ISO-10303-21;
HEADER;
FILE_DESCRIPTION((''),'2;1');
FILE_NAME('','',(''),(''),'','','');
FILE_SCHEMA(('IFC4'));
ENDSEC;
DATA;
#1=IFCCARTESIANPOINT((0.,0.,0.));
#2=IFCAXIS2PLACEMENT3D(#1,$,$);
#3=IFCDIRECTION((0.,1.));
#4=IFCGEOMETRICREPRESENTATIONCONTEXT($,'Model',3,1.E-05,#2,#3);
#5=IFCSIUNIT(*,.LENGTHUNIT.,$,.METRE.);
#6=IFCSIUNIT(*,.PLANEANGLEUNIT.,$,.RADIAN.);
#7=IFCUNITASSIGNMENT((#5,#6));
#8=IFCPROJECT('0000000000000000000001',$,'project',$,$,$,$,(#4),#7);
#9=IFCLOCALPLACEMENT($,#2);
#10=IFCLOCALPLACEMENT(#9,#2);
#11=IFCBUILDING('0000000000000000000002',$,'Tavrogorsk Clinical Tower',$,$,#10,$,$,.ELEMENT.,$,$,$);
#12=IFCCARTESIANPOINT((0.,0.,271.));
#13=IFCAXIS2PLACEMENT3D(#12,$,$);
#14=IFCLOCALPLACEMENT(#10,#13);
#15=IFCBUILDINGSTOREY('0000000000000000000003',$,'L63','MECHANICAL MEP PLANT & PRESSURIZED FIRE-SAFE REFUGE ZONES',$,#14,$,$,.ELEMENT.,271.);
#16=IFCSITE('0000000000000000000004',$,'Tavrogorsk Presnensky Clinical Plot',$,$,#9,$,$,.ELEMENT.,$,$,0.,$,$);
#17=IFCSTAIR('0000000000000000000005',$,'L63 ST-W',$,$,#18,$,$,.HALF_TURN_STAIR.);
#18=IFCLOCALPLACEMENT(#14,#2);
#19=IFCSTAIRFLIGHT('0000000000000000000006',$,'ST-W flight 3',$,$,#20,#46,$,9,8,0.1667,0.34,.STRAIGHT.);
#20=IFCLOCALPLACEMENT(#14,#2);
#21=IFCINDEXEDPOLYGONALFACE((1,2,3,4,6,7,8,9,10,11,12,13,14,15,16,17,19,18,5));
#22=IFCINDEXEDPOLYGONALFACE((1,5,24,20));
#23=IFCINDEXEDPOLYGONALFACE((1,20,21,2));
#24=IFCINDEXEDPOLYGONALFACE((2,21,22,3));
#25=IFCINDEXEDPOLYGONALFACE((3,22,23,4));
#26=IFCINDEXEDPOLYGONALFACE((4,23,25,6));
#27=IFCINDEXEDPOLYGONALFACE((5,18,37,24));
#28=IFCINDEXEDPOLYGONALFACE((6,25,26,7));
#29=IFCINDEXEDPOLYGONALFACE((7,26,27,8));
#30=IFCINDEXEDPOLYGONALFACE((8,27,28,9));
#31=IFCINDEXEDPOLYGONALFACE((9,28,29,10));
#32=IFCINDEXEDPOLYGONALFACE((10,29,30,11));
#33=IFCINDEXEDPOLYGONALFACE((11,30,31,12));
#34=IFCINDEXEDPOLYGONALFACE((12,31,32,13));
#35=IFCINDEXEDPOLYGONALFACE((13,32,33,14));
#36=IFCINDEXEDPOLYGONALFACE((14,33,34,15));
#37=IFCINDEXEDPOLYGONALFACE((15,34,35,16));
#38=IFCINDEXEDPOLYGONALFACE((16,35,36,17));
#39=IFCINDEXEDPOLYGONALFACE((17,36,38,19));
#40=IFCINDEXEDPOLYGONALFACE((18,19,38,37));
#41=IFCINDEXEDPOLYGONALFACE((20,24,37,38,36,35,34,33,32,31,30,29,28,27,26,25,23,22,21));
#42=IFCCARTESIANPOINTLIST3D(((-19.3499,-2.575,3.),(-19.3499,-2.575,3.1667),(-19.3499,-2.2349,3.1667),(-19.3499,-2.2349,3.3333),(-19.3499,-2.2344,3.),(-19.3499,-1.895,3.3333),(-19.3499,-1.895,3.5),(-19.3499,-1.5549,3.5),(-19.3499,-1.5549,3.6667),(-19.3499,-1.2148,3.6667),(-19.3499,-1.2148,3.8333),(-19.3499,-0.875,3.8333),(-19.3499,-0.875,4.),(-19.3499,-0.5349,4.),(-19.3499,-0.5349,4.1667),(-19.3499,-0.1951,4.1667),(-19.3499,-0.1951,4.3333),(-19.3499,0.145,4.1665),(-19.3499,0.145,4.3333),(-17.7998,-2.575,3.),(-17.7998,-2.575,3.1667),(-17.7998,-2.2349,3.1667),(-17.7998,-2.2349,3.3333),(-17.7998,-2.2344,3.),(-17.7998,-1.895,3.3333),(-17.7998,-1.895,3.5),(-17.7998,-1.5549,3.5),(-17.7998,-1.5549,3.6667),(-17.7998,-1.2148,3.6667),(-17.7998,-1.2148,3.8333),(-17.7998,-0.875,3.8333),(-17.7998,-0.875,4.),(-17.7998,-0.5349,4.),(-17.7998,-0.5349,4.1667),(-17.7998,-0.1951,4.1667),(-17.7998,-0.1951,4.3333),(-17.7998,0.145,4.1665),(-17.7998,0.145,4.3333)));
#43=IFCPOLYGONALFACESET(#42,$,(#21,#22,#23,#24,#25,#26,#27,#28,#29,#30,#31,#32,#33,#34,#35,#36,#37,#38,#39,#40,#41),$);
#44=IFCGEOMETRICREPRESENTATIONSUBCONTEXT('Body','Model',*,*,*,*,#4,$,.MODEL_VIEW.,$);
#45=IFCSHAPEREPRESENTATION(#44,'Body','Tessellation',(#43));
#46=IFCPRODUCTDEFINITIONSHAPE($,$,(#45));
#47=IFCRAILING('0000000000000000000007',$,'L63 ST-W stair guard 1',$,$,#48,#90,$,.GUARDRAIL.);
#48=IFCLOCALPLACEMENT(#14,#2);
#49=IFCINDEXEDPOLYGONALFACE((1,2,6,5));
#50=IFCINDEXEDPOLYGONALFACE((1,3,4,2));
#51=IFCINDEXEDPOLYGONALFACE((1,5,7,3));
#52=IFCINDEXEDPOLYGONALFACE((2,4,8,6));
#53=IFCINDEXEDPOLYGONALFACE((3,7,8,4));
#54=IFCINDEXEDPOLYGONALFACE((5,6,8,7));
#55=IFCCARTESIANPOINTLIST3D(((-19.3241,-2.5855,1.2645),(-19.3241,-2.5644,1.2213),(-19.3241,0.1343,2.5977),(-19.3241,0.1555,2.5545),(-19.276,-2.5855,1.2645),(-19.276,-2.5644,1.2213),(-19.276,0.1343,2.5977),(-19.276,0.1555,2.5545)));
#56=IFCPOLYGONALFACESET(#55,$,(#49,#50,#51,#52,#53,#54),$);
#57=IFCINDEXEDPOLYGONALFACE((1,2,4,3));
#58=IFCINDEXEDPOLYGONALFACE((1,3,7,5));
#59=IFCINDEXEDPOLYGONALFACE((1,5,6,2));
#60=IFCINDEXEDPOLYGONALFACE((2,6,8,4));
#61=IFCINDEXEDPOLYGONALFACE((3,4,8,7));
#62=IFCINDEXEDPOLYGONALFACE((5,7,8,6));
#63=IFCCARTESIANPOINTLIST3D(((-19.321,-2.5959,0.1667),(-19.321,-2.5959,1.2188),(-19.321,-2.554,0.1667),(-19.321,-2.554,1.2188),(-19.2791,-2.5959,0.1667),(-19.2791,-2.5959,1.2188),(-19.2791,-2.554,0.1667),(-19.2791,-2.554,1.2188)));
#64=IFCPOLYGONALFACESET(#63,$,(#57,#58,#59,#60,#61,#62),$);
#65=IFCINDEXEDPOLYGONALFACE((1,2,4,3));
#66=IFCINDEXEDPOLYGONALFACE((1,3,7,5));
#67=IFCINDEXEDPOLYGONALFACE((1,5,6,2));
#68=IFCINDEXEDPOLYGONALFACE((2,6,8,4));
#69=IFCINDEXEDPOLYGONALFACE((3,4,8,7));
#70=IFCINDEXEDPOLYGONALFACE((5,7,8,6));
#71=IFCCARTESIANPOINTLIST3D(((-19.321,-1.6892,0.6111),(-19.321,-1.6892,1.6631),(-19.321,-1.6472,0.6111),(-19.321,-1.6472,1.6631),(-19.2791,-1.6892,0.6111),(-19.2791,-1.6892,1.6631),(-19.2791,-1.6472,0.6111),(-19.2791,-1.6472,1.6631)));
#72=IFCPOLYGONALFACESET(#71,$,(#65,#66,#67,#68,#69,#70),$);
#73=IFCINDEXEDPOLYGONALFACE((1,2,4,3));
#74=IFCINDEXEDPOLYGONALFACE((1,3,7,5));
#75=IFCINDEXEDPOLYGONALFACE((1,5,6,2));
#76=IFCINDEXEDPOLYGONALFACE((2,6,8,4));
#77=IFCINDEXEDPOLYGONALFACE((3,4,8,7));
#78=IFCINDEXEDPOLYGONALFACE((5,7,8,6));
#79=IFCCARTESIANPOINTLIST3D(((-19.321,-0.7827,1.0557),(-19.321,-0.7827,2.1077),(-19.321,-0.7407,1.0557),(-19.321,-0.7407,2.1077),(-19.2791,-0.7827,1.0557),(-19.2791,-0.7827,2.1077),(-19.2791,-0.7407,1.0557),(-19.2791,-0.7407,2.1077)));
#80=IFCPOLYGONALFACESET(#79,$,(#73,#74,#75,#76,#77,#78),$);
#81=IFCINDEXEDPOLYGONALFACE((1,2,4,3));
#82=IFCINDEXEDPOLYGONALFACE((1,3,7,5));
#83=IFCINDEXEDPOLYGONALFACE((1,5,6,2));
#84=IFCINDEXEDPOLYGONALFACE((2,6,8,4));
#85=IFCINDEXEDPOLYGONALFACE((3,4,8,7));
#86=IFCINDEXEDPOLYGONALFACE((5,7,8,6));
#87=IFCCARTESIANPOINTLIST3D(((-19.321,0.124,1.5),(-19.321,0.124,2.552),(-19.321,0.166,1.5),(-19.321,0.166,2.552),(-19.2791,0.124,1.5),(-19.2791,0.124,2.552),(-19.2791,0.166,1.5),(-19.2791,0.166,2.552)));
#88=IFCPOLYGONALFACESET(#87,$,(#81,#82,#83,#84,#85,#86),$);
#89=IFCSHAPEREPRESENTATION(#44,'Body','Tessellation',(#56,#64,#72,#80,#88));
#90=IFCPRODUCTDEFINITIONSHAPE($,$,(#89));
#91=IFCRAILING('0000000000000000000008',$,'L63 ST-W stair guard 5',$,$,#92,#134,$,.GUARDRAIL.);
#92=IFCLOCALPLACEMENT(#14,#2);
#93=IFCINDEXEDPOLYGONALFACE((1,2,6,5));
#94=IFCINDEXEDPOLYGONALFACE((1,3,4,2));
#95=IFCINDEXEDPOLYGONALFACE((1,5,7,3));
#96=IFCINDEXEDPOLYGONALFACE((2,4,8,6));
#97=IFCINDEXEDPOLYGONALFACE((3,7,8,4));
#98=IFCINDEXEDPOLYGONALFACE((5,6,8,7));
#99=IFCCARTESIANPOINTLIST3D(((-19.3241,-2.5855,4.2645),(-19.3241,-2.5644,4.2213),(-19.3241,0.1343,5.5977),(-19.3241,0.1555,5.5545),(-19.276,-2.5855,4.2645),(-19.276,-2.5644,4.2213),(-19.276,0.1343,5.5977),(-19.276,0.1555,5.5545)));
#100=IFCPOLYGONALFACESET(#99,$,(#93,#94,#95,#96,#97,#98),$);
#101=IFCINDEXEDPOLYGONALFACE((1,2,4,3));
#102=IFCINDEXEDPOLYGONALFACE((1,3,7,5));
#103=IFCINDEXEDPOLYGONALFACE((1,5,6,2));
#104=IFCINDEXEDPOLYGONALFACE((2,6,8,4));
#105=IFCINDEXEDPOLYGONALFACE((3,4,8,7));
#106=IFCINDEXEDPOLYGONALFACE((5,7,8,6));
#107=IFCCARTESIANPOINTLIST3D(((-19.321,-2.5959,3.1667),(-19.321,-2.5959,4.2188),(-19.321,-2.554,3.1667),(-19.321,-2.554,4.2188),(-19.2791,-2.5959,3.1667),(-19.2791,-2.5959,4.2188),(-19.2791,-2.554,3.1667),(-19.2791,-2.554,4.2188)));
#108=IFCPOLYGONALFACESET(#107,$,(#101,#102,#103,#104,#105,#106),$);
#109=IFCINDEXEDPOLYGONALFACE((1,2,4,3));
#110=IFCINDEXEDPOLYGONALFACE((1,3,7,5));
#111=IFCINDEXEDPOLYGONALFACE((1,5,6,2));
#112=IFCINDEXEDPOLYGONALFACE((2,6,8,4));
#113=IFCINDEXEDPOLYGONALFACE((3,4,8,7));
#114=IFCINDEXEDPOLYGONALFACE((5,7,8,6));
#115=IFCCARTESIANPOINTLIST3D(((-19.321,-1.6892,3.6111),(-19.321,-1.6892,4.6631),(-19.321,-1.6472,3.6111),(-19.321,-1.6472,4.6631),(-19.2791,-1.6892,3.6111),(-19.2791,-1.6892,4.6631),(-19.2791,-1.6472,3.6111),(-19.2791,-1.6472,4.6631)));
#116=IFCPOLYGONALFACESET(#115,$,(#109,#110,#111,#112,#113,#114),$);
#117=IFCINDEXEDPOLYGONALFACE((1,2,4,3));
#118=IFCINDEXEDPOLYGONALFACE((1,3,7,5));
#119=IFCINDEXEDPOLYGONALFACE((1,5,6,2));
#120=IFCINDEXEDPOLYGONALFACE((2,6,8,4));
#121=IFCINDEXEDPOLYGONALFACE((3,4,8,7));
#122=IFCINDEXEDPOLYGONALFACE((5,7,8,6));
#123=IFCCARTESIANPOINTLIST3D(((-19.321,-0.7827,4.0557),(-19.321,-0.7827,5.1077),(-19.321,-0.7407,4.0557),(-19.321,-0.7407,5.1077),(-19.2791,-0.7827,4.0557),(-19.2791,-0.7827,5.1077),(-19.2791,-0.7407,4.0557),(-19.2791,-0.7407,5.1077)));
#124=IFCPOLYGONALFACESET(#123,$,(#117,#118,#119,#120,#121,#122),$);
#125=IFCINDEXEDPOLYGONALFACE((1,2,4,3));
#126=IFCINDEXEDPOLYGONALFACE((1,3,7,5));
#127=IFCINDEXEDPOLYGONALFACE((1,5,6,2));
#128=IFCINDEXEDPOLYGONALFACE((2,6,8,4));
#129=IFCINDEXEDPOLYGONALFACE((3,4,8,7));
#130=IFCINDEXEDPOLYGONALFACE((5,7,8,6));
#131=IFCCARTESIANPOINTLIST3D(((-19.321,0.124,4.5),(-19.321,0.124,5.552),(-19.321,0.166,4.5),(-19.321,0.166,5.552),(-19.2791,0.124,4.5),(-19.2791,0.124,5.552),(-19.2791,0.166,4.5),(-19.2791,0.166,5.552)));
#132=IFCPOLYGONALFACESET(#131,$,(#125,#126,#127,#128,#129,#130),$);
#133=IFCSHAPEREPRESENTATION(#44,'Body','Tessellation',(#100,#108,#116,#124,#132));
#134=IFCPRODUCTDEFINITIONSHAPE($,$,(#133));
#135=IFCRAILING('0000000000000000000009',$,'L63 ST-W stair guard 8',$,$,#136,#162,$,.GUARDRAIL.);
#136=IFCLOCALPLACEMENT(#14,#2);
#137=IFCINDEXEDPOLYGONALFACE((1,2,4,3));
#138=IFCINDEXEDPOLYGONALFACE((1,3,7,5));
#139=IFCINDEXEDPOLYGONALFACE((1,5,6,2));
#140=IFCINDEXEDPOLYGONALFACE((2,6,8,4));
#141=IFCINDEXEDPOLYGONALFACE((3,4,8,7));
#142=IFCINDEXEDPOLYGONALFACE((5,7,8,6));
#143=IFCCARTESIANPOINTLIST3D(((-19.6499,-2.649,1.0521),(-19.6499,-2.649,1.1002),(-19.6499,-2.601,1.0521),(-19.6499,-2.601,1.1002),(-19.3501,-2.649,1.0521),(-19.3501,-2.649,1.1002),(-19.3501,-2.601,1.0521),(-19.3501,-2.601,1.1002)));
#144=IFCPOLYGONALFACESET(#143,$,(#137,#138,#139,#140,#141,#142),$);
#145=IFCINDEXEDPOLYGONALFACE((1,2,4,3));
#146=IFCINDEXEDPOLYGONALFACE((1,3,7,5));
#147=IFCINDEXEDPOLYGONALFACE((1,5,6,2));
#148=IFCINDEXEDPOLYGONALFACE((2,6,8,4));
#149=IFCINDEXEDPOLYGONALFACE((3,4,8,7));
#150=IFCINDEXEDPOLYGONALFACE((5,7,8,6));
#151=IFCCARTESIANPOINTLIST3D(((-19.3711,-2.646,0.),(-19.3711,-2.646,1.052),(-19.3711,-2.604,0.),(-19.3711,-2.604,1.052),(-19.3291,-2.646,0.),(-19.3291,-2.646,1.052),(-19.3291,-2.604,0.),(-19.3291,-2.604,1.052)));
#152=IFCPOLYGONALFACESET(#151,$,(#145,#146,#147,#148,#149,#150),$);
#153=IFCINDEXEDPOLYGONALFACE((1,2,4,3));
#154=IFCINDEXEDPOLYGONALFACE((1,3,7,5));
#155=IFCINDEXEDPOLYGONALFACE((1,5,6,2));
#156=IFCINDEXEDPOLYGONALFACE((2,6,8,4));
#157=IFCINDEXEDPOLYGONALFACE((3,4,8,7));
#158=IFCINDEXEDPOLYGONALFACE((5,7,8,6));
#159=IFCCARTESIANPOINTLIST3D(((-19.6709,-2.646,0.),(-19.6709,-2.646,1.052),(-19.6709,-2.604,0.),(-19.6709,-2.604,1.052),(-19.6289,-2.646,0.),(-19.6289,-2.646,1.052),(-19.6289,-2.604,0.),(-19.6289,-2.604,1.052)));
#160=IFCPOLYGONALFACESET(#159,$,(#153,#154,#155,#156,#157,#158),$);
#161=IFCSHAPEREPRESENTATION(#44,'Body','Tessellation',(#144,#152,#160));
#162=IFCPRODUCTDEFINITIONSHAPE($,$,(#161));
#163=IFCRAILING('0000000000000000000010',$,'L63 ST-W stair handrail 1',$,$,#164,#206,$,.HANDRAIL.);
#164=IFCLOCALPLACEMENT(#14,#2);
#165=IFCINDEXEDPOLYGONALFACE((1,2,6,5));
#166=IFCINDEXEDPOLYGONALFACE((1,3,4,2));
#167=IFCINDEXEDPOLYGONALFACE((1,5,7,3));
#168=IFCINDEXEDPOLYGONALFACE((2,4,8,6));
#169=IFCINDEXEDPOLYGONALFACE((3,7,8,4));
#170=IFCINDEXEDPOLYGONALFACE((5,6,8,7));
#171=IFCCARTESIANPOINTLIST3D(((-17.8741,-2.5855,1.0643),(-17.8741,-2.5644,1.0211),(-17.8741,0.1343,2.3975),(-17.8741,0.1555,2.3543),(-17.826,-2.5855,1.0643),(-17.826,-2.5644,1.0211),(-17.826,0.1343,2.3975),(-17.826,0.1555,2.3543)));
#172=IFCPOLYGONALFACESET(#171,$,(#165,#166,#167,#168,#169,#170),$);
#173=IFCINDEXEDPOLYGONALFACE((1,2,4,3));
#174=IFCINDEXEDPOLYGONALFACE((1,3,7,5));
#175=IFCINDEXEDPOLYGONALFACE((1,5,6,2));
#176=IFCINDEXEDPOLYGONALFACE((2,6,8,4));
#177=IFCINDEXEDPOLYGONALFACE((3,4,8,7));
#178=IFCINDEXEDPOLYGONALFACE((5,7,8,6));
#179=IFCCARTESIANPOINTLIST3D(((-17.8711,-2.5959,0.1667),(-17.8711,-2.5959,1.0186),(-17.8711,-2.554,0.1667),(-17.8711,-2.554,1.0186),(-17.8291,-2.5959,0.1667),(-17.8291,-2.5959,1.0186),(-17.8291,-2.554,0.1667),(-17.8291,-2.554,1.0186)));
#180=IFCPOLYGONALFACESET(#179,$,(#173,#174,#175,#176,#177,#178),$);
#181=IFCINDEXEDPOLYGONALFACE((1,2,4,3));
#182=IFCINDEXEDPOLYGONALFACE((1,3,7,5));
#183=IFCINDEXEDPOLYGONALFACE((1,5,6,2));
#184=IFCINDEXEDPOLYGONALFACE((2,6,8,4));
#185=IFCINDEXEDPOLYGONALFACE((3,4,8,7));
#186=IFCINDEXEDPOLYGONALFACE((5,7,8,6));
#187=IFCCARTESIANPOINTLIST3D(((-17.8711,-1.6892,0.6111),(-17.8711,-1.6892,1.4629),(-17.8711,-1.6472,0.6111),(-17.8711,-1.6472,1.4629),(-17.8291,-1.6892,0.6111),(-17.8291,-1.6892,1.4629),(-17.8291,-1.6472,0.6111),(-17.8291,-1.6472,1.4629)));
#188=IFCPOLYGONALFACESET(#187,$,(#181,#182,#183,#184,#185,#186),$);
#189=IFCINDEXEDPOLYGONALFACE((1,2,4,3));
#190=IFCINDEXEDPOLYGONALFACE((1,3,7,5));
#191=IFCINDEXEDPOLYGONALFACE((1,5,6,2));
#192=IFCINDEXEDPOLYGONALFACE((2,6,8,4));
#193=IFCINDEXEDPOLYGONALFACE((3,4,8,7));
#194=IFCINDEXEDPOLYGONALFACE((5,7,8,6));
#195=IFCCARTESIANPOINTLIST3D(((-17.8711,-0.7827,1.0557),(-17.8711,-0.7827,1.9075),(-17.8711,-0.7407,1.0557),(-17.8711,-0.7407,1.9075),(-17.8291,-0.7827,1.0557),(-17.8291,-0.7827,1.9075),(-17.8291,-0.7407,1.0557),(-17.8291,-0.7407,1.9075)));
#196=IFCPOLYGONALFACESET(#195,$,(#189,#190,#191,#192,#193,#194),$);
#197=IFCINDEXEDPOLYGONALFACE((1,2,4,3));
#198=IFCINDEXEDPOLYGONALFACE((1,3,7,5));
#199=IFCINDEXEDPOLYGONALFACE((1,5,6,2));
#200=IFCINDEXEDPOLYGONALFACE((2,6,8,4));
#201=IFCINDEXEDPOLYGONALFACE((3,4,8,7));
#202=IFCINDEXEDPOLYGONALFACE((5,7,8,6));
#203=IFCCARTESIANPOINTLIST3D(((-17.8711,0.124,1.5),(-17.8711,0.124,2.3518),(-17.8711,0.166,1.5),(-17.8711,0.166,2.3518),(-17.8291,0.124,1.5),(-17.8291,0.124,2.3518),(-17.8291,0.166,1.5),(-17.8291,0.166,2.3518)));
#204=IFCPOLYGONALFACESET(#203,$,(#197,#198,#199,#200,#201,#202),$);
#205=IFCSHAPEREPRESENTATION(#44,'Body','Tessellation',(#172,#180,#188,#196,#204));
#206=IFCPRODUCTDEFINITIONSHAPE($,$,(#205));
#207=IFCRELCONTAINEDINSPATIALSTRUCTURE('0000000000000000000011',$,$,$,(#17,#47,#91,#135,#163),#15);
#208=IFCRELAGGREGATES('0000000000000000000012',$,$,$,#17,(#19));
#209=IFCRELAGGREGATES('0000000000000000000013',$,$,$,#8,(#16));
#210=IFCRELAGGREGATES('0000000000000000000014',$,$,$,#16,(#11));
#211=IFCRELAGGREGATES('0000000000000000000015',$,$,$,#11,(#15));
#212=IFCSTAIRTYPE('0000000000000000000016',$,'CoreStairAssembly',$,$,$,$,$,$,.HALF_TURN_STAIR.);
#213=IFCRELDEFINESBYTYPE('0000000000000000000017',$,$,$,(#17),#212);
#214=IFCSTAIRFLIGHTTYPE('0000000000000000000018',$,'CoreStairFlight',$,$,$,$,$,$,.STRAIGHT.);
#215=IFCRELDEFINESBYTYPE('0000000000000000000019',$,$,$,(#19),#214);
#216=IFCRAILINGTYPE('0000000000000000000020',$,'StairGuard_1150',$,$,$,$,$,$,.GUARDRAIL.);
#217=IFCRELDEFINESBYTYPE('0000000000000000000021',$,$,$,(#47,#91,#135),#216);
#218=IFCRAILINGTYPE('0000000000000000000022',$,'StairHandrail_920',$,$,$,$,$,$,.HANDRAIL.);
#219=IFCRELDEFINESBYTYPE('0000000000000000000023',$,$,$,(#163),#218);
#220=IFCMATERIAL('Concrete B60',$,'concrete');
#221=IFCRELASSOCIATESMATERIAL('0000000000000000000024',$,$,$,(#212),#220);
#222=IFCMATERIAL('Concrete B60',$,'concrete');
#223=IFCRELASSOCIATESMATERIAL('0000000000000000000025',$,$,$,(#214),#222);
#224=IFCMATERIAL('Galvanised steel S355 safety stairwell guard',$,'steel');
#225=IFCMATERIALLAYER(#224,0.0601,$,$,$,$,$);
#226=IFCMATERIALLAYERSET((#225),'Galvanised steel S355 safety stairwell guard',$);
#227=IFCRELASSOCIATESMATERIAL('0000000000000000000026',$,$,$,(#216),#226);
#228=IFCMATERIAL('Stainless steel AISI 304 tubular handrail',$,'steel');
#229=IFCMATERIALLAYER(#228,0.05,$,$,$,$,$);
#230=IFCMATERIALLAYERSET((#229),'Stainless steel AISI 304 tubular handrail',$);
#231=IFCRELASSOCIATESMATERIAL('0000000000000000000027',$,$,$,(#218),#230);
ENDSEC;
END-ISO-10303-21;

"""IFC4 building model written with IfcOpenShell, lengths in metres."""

from ifc_helpers import new_model, si_unit, direction, frame, origin, origin_2d, place, context, subcontext, project, spatial, polyline, rectangle, outline, extrude, material, layer, layer_set, type_object, element, aggregate, save


model = new_model("IFC4")

# Units and contexts
model_context = context("Model", 3, precision=1e-05, world=origin(), true_north=direction((0.0, 1.0)))
body_context = subcontext(model_context, "Body", "Model", "MODEL_VIEW")
ifc_project = project(units=[si_unit("LENGTHUNIT", "METRE"), si_unit("PLANEANGLEUNIT", "RADIAN")], contexts=[model_context])

# Site, building, storey
site_placement = place(None, origin())
site = spatial("IfcSite", under=ifc_project, at=site_placement, Name="Tavrogorsk Presnensky Clinical Plot", CompositionType="ELEMENT", RefElevation=0.0)
building_placement = place(site_placement, origin())
building = spatial("IfcBuilding", under=site, at=building_placement, Name="Tavrogorsk Clinical Tower", CompositionType="ELEMENT")
storey_placement = place(building_placement, frame((0.0, 0.0, 271.0)))
storey = spatial("IfcBuildingStorey", under=building, at=storey_placement, Name="L63", Description="MECHANICAL MEP PLANT & PRESSURIZED FIRE-SAFE REFUGE ZONES", CompositionType="ELEMENT", Elevation=271.0)

# Stair, stair flight
ifc_material_1 = material(Name="Concrete B60", Category="concrete")
stair_type = type_object("IfcStairType", Name="CoreStairAssembly", PredefinedType="HALF_TURN_STAIR", material=ifc_material_1)
stair_placement = place(storey_placement, origin())
stair = element("IfcStair", 1, at=stair_placement, inside=storey, type_object=stair_type, Name="L63 ST-W", PredefinedType="HALF_TURN_STAIR")
ifc_material_2 = material(Name="Concrete B60", Category="concrete")
stair_flight_type = type_object("IfcStairFlightType", Name="CoreStairFlight", PredefinedType="STRAIGHT", material=ifc_material_2)
stair_flight_1_placement = place(storey_placement, frame((-18.575, -2.575, 3.0), z_axis=(0.0, 0.0, 1.0), x_axis=(0.0, 1.0, 0.0)))
stair_flight_1 = element("IfcStairFlight", 2, at=stair_flight_1_placement, type_object=stair_flight_type, Name="ST-W flight 3", NumberOfRisers=9, NumberOfTreads=8, PredefinedType="STRAIGHT", RiserHeight=0.1667, TreadLength=0.34, context=body_context, shape_type="SweptSolid", body=[
    extrude(outline(polyline([(0.0, 0.0), (0.0, 0.1667), (0.3401, 0.1667), (0.3401, 0.3333), (0.6799, 0.3333), (0.6799, 0.5), (1.02, 0.5), (1.02, 0.6667), (1.3601, 0.6667), (1.3601, 0.8333), (1.7, 0.8333), (1.7, 1.0), (2.04, 1.0), (2.04, 1.1667), (2.3799, 1.1667), (2.3799, 1.3333), (2.72, 1.3333), (2.72, 1.5), (2.72, 1.1665), (0.3406, 0.0), (0.0, 0.0)])), frame((0.0, 0.7749, 0.0), z_axis=(0.0, -1.0, 0.0), x_axis=(1.0, 0.0, 0.0)), (0.0, 0.0, 1.0), 1.55),
])
aggregate(stair, [stair_flight_1])

# Railings
ifc_material_3 = material(Name="Galvanised steel S355 safety stairwell guard", Category="steel")
ifc_layer_1 = layer(ifc_material_3, 0.0601)
ifc_layer_set_1 = layer_set([ifc_layer_1], Name="Galvanised steel S355 safety stairwell guard")
railing_type_1 = type_object("IfcRailingType", Name="StairGuard_1150", PredefinedType="GUARDRAIL", material=ifc_layer_set_1)
for number, where, name in (
    (3, (-19.3, -2.575, 0.1667), "L63 ST-W stair guard 1"),
    (4, (-19.3, -2.575, 3.1667), "L63 ST-W stair guard 5"),
):
    element("IfcRailing", number, at=place(storey_placement, frame(where)), inside=storey, type_object=railing_type_1, Name=name, PredefinedType="GUARDRAIL", context=body_context, shape_type="SweptSolid", body=[
        extrude(rectangle(XDim=0.0481, YDim=0.0481, at=origin_2d()), frame((0.0, 0.0, 1.0762), z_axis=(0.0, 0.897929, 0.440139), x_axis=(-1.0, 0.0, 0.0)), (0.0, 0.0, 1.0), 3.0291),
        extrude(rectangle(XDim=0.042, YDim=0.042, at=origin_2d()), origin(), (0.0, 0.0, 1.0), 1.052),
        extrude(rectangle(XDim=0.042, YDim=0.042, at=origin_2d()), frame((0.0, 0.9067, 0.4443)), (0.0, 0.0, 1.0), 1.052),
        extrude(rectangle(XDim=0.042, YDim=0.042, at=origin_2d()), frame((0.0, 1.8132, 0.8889)), (0.0, 0.0, 1.0), 1.052),
        extrude(rectangle(XDim=0.042, YDim=0.042, at=origin_2d()), frame((0.0, 2.72, 1.3333)), (0.0, 0.0, 1.0), 1.052),
    ])
railing_placement = place(storey_placement, frame((-19.3501, -2.625, 0.0)))
element("IfcRailing", 5, at=railing_placement, inside=storey, type_object=railing_type_1, Name="L63 ST-W stair guard 8", PredefinedType="GUARDRAIL", context=body_context, shape_type="SweptSolid", body=[
    extrude(rectangle(XDim=0.0481, YDim=0.0481, at=origin_2d()), frame((0.0, 0.0, 1.0762), z_axis=(-1.0, 0.0, 0.0), x_axis=(0.0, -1.0, 0.0)), (0.0, 0.0, 1.0), 0.2998),
    extrude(rectangle(XDim=0.042, YDim=0.042, at=origin_2d()), origin(), (0.0, 0.0, 1.0), 1.052),
    extrude(rectangle(XDim=0.042, YDim=0.042, at=origin_2d()), frame((-0.2998, 0.0, 0.0)), (0.0, 0.0, 1.0), 1.052),
])
ifc_material_4 = material(Name="Stainless steel AISI 304 tubular handrail", Category="steel")
ifc_layer_2 = layer(ifc_material_4, 0.05)
ifc_layer_set_2 = layer_set([ifc_layer_2], Name="Stainless steel AISI 304 tubular handrail")
railing_type_2 = type_object("IfcRailingType", Name="StairHandrail_920", PredefinedType="HANDRAIL", material=ifc_layer_set_2)
for number, where, name in (
    (6, (-17.8501, -2.575, 0.1667), "L63 ST-W stair handrail 1"),
):
    element("IfcRailing", number, at=place(storey_placement, frame(where)), inside=storey, type_object=railing_type_2, Name=name, PredefinedType="HANDRAIL", context=body_context, shape_type="SweptSolid", body=[
        extrude(rectangle(XDim=0.0481, YDim=0.0481, at=origin_2d()), frame((0.0, 0.0, 0.876), z_axis=(0.0, 0.897929, 0.440139), x_axis=(-1.0, 0.0, 0.0)), (0.0, 0.0, 1.0), 3.0291),
        extrude(rectangle(XDim=0.042, YDim=0.042, at=origin_2d()), origin(), (0.0, 0.0, 1.0), 0.8518),
        extrude(rectangle(XDim=0.042, YDim=0.042, at=origin_2d()), frame((0.0, 0.9067, 0.4443)), (0.0, 0.0, 1.0), 0.8518),
        extrude(rectangle(XDim=0.042, YDim=0.042, at=origin_2d()), frame((0.0, 1.8132, 0.8889)), (0.0, 0.0, 1.0), 0.8518),
        extrude(rectangle(XDim=0.042, YDim=0.042, at=origin_2d()), frame((0.0, 2.72, 1.3333)), (0.0, 0.0, 1.0), 0.8518),
    ])

save(model, "model.ifc")
